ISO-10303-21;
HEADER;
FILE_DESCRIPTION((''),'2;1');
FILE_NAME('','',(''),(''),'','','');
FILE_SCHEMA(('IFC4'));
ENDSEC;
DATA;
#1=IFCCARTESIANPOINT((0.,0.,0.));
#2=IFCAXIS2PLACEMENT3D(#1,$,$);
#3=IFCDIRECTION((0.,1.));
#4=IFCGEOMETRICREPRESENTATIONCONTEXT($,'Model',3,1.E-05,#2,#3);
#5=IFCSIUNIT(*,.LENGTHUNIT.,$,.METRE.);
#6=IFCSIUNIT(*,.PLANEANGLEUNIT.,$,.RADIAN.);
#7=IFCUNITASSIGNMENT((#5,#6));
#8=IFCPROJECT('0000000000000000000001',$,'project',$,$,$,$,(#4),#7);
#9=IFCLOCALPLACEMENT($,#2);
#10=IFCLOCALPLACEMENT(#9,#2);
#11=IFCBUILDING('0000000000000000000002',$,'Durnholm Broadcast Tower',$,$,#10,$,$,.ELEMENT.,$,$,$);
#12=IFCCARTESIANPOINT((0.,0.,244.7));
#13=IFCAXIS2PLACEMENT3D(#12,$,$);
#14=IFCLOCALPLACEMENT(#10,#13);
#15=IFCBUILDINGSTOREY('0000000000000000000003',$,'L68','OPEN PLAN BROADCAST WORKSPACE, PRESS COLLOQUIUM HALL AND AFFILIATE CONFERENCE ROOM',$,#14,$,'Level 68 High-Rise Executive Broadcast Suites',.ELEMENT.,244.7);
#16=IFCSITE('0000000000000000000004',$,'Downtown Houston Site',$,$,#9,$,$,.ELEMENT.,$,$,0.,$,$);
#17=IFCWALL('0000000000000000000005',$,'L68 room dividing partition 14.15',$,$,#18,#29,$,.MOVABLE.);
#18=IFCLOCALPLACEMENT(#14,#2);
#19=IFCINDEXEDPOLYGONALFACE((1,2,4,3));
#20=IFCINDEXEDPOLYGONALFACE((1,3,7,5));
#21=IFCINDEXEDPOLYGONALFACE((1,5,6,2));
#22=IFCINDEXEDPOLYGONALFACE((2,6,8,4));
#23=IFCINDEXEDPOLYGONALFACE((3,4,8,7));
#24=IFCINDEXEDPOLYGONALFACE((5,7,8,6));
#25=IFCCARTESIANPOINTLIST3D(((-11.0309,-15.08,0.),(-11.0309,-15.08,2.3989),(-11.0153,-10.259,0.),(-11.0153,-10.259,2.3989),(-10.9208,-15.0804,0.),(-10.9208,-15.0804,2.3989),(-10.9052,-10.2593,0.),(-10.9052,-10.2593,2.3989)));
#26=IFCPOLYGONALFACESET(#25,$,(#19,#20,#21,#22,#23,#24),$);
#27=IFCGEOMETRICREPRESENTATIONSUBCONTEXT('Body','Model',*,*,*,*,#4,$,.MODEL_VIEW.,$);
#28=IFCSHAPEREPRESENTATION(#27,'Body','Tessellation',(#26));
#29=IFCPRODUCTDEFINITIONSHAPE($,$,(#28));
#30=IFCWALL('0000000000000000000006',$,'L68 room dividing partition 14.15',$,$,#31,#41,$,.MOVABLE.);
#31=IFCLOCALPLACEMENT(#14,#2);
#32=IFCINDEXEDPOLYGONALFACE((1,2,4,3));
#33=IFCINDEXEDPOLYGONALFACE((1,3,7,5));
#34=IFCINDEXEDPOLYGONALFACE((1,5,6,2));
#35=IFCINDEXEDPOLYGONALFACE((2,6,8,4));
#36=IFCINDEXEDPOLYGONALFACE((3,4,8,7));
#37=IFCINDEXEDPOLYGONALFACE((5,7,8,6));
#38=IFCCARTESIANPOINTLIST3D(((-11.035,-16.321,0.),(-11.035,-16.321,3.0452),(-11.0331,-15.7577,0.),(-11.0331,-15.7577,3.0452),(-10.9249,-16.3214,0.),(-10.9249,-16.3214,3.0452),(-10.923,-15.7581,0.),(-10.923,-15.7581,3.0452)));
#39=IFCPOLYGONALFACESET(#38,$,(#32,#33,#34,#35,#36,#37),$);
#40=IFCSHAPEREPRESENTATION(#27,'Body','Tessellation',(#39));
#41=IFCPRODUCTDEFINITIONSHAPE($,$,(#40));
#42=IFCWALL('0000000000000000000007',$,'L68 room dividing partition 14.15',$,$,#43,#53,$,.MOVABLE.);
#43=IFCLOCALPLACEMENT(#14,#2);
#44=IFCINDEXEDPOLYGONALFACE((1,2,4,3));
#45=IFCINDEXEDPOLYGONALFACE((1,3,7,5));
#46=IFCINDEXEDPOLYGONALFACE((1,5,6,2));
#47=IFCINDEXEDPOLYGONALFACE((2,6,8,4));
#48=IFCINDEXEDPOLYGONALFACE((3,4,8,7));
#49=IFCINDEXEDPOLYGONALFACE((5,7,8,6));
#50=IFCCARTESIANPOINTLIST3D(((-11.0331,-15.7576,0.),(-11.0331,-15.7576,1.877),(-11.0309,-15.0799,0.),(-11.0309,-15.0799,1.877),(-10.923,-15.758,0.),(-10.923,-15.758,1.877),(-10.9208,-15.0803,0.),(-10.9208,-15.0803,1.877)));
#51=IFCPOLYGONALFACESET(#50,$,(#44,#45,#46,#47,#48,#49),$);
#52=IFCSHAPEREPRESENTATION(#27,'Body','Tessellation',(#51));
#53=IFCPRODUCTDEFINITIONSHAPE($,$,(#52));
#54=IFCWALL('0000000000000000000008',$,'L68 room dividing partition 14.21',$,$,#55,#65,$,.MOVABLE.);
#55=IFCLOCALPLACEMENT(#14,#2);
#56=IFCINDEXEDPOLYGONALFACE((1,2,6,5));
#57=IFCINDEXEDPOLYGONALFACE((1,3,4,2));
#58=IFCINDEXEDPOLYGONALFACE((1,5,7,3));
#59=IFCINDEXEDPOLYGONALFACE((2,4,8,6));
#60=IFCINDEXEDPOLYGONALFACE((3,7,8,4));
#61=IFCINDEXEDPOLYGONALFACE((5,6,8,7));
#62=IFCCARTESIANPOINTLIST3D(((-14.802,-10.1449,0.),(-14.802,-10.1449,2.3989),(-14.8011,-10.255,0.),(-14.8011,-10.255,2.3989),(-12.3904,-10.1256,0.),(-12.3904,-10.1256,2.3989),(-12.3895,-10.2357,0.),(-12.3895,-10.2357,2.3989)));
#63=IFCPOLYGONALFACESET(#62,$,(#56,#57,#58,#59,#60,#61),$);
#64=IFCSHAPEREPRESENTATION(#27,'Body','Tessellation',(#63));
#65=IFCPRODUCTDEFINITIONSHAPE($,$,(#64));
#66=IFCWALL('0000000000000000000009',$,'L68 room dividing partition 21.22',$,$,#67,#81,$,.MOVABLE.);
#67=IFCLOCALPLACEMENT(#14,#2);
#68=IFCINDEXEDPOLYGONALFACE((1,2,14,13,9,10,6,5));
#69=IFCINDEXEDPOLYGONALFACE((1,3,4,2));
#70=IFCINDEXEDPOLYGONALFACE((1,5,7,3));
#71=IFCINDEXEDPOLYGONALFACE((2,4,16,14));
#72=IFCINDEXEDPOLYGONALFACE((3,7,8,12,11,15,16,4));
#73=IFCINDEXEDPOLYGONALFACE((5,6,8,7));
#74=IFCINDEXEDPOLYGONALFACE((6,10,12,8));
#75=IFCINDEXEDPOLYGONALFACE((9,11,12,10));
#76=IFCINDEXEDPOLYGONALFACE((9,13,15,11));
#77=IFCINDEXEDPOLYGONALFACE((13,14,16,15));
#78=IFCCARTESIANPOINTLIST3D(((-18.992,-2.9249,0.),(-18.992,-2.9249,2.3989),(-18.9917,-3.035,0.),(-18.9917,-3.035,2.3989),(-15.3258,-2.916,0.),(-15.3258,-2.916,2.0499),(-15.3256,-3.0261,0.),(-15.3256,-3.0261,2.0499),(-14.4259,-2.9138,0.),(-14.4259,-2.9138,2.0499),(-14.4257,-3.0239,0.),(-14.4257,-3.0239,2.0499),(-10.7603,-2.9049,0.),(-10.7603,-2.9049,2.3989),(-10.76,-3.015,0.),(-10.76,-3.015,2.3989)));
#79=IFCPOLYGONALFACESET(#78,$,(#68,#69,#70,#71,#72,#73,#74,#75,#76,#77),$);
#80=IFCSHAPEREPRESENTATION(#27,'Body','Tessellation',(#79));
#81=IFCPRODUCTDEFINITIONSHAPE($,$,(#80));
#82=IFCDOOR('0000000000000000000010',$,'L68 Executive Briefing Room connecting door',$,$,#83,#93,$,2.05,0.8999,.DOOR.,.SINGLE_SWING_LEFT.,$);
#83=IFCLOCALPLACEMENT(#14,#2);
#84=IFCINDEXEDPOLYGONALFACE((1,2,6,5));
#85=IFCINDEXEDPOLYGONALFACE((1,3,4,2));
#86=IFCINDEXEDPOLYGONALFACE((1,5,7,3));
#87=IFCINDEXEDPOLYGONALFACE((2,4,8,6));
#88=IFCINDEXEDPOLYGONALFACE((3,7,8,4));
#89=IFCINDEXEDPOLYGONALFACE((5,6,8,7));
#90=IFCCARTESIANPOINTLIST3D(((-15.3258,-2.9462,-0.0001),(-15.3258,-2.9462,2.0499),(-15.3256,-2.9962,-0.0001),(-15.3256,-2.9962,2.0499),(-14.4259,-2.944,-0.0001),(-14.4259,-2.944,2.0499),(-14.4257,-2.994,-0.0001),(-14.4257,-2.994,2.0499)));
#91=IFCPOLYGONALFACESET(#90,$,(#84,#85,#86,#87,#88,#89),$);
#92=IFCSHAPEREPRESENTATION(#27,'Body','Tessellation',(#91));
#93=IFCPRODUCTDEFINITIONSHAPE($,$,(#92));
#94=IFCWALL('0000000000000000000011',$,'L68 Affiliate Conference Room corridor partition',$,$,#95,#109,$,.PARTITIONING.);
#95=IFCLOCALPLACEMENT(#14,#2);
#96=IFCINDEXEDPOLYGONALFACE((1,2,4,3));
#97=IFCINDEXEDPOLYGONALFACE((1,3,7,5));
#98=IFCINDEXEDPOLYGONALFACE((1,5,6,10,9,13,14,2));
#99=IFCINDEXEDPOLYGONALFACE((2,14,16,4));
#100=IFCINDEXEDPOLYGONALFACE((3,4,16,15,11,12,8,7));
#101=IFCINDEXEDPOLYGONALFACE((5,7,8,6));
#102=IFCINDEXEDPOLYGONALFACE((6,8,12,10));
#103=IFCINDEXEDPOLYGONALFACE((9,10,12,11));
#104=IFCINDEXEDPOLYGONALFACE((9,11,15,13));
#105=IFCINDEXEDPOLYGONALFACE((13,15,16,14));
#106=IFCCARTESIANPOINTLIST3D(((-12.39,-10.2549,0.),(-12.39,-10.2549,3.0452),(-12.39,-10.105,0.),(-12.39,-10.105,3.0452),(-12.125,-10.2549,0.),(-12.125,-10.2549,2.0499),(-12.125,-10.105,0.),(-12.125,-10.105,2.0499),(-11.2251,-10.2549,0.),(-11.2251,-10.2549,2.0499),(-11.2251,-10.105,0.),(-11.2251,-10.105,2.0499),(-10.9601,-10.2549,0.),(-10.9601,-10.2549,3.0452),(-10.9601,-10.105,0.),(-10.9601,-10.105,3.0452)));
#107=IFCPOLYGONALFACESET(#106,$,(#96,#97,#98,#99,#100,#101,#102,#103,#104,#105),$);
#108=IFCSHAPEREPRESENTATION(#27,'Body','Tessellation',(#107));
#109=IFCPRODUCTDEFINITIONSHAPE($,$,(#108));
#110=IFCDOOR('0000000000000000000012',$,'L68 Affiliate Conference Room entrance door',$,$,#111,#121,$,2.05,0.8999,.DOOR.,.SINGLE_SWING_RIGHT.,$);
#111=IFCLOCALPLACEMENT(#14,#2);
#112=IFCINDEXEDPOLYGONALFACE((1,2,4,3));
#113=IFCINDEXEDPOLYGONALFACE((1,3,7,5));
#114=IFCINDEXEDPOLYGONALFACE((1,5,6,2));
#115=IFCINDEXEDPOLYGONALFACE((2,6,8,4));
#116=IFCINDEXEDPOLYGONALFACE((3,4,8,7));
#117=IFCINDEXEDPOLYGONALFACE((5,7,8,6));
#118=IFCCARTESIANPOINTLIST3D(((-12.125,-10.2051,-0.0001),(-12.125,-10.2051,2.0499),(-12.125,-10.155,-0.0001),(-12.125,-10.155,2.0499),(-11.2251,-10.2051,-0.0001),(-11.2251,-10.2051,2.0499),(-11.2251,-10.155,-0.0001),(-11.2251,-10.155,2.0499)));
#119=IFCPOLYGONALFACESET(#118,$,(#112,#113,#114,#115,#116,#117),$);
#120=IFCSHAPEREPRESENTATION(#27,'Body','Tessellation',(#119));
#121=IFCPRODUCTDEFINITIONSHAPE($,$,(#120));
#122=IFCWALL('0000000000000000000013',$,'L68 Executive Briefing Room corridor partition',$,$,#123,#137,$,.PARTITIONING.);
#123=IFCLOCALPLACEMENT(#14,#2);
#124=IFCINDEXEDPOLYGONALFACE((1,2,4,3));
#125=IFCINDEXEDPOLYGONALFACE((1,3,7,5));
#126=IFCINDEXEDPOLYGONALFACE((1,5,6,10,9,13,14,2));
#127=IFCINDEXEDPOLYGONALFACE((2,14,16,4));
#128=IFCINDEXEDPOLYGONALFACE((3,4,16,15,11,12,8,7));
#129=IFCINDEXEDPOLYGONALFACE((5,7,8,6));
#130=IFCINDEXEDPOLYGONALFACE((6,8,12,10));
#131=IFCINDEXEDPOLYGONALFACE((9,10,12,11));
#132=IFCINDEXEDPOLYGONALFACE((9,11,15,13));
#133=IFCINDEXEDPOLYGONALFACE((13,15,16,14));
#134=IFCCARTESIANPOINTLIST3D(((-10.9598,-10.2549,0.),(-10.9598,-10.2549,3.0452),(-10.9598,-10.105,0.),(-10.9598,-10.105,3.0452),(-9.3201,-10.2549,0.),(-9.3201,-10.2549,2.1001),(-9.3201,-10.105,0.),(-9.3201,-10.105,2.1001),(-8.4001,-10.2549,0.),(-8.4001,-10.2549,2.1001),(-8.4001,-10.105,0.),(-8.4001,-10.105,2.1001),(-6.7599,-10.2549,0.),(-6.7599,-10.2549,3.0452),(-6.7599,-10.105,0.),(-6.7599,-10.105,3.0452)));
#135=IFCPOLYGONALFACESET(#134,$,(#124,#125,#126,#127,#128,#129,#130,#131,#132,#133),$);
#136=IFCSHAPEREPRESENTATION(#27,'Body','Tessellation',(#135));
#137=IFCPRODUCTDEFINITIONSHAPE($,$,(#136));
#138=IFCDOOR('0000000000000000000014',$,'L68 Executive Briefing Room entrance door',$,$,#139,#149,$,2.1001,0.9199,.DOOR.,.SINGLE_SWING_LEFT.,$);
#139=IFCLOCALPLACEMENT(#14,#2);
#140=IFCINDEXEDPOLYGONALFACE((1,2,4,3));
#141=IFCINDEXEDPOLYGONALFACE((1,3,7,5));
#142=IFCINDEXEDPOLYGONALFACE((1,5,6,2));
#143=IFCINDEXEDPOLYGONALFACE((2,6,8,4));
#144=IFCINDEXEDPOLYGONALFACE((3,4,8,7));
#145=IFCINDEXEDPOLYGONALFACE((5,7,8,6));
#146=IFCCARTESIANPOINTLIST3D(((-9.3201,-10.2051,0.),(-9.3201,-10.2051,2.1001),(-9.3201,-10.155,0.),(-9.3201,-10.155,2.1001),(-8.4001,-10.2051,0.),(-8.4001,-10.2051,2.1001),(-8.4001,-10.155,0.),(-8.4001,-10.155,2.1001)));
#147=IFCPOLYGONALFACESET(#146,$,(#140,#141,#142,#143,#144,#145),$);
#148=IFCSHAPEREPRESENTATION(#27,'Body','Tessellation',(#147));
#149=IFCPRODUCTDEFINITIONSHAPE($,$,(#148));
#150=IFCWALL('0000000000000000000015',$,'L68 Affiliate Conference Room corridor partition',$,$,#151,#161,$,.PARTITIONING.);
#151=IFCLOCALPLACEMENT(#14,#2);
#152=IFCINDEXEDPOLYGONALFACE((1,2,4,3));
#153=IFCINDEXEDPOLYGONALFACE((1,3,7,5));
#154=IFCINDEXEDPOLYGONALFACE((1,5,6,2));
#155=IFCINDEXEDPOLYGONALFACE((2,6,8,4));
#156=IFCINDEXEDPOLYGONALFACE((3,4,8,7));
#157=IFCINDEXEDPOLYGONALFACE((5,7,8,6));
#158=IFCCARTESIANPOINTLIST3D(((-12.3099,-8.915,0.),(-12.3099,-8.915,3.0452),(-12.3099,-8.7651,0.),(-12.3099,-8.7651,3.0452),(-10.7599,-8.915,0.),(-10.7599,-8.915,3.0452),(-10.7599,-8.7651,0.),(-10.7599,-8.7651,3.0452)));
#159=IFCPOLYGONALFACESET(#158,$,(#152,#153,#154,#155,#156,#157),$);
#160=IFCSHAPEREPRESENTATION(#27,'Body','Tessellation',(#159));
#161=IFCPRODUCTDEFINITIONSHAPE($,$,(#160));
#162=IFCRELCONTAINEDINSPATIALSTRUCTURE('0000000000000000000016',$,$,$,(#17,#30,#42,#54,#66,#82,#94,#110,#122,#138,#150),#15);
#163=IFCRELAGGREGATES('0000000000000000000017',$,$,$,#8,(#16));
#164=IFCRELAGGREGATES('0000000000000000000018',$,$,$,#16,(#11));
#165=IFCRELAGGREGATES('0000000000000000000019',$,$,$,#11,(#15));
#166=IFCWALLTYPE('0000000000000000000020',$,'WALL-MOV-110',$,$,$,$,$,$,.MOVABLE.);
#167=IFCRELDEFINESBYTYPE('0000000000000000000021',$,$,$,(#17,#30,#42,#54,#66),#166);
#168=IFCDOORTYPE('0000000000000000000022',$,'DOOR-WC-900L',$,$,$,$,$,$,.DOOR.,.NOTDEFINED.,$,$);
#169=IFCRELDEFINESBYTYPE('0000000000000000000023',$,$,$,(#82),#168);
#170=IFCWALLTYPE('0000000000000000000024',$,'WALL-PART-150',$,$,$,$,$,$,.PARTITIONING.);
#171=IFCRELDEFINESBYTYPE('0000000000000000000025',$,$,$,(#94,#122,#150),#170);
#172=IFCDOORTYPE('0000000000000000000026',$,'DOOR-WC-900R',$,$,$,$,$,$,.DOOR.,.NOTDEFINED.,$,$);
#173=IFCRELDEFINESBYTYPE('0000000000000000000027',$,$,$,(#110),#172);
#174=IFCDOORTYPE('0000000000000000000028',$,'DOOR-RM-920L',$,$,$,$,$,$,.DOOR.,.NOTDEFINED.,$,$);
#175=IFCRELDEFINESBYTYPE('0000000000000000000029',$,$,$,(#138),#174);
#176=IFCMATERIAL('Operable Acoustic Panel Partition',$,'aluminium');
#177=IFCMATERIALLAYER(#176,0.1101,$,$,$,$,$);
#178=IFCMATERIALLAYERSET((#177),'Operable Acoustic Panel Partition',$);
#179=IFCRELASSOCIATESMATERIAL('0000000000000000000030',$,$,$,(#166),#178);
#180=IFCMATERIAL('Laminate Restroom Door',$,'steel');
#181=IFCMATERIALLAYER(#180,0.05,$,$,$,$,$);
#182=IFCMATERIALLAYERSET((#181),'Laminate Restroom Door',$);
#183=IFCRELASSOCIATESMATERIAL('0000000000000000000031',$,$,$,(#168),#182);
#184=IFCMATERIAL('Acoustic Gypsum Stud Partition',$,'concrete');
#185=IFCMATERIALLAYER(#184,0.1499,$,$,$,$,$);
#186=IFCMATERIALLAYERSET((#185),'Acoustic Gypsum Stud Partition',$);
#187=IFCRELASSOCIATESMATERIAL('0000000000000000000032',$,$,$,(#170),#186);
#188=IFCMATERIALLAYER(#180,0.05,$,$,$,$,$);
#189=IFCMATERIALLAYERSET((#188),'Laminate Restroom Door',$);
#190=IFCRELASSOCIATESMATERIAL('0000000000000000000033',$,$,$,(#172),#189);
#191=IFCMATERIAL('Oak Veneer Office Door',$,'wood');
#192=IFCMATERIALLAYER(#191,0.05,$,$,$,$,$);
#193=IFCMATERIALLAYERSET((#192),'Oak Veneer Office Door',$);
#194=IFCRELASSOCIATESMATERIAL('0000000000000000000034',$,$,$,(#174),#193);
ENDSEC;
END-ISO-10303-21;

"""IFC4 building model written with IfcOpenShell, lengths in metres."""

from ifc_helpers import new_model, si_unit, direction, frame, frame_2d, origin, place, context, subcontext, project, spatial, rectangle, extrude, source, transform, mapped, material, layer, layer_set, type_object, type_shapes, element, fill, save


model = new_model("IFC4")

# Units and contexts
model_context = context("Model", 3, precision=1e-05, world=origin(), true_north=direction((0.0, 1.0)))
body_context = subcontext(model_context, "Body", "Model", "MODEL_VIEW")
ifc_project = project(units=[si_unit("LENGTHUNIT", "METRE"), si_unit("PLANEANGLEUNIT", "RADIAN")], contexts=[model_context])

# Site, building, storey
site_placement = place(None, origin())
site = spatial("IfcSite", under=ifc_project, at=site_placement, Name="Downtown Houston Site", CompositionType="ELEMENT", RefElevation=0.0)
building_placement = place(site_placement, origin())
building = spatial("IfcBuilding", under=site, at=building_placement, Name="Durnholm Broadcast Tower", CompositionType="ELEMENT")
storey_placement = place(building_placement, frame((0.0, 0.0, 244.7)))
storey = spatial("IfcBuildingStorey", under=building, at=storey_placement, Name="L68", Description="OPEN PLAN BROADCAST WORKSPACE, PRESS COLLOQUIUM HALL AND AFFILIATE CONFERENCE ROOM", LongName="Level 68 High-Rise Executive Broadcast Suites", CompositionType="ELEMENT", Elevation=244.7)

# Walls
ifc_material_1 = material(Name="Operable Acoustic Panel Partition", Category="aluminium")
ifc_layer_1 = layer(ifc_material_1, 0.1101)
ifc_layer_set_1 = layer_set([ifc_layer_1], Name="Operable Acoustic Panel Partition")
wall_type_1 = type_object("IfcWallType", Name="WALL-MOV-110", PredefinedType="MOVABLE", material=ifc_layer_set_1)
wall_1_placement = place(storey_placement, frame((-10.9602, -10.259, 0.0), z_axis=(0.0, 0.0, 1.0), x_axis=(-0.003241, -0.999995, 0.0)))
element("IfcWall", 1, at=wall_1_placement, inside=storey, type_object=wall_type_1, Name="L68 room dividing partition 14.15", PredefinedType="MOVABLE", context=body_context, shape_type="SweptSolid", body=[
    extrude(rectangle(XDim=4.821, YDim=0.1101, at=frame_2d((2.4106, 0.0))), origin(), (0.0, 0.0, 1.0), 2.3989),
])
wall_2_placement = place(storey_placement, frame((-10.978, -15.7578, 0.0), z_axis=(0.0, 0.0, 1.0), x_axis=(-0.003468, -0.999994, 0.0)))
element("IfcWall", 2, at=wall_2_placement, inside=storey, type_object=wall_type_1, Name="L68 room dividing partition 14.15", PredefinedType="MOVABLE", context=body_context, shape_type="SweptSolid", body=[
    extrude(rectangle(XDim=0.5632, YDim=0.1101, at=frame_2d((0.2817, 0.0))), origin(), (0.0, 0.0, 1.0), 3.0452),
])
wall_3_placement = place(storey_placement, frame((-10.9758, -15.0801, 0.0), z_axis=(0.0, 0.0, 1.0), x_axis=(-0.003242, -0.999995, 0.0)))
element("IfcWall", 3, at=wall_3_placement, inside=storey, type_object=wall_type_1, Name="L68 room dividing partition 14.15", PredefinedType="MOVABLE", context=body_context, shape_type="SweptSolid", body=[
    extrude(rectangle(XDim=0.6777, YDim=0.1101, at=frame_2d((0.3389, 0.0))), origin(), (0.0, 0.0, 1.0), 1.877),
])
wall_4_placement = place(storey_placement, frame((-14.8015, -10.2, 0.0), z_axis=(0.0, 0.0, 1.0), x_axis=(0.999968, 0.007997, 0.0)))
element("IfcWall", 4, at=wall_4_placement, inside=storey, type_object=wall_type_1, Name="L68 room dividing partition 14.21", PredefinedType="MOVABLE", context=body_context, shape_type="SweptSolid", body=[
    extrude(rectangle(XDim=2.4116, YDim=0.1101, at=frame_2d((1.2058, 0.0))), origin(), (0.0, 0.0, 1.0), 2.3989),
])

# Walls, openings, doors
wall_5_placement = place(storey_placement, frame((-18.9917, -2.98, 0.0), z_axis=(0.0, 0.0, 1.0), x_axis=(0.999997, 0.002432, 0.0)))
wall_5 = element("IfcWall", 5, at=wall_5_placement, inside=storey, type_object=wall_type_1, Name="L68 room dividing partition 21.22", PredefinedType="MOVABLE", context=body_context, shape_type="SweptSolid", body=[
    extrude(rectangle(XDim=8.2317, YDim=0.1101, at=frame_2d((4.1157, 0.0))), origin(), (0.0, 0.0, 1.0), 2.3989),
])
opening_1_placement = place(wall_5_placement, frame((3.666, 0.0, 0.0)))
opening_1 = element("IfcOpeningElement", 6, at=opening_1_placement, cuts=wall_5, PredefinedType="OPENING", context=body_context, shape_type="SweptSolid", body=[
    extrude(rectangle(XDim=0.8999, YDim=2.05, at=frame_2d((0.45, 1.0249))), frame((0.0, 0.0649, 0.0), z_axis=(0.0, -1.0, 0.0), x_axis=(1.0, 0.0, 0.0)), (0.0, 0.0, 1.0), 0.1301),
])
ifc_material_2 = material(Name="Laminate Restroom Door", Category="steel")
ifc_layer_2 = layer(ifc_material_2, 0.05)
ifc_layer_set_2 = layer_set([ifc_layer_2], Name="Laminate Restroom Door")
door_type_1 = type_object("IfcDoorType", Name="DOOR-WC-900L", OperationType="NOTDEFINED", PredefinedType="DOOR", material=ifc_layer_set_2)
shared_shape_1 = source(origin(), body_context, "Body", "SweptSolid", [
    extrude(rectangle(XDim=0.8999, YDim=2.05, at=frame_2d((0.45, 1.0249))), frame((0.0, 0.0249, 0.0), z_axis=(0.0, -1.0, 0.0), x_axis=(1.0, 0.0, 0.0)), (0.0, 0.0, 1.0), 0.05),
])
type_shapes(door_type_1, [shared_shape_1])
door_1_placement = place(opening_1_placement, origin())
door_1 = element("IfcDoor", 7, at=door_1_placement, inside=storey, type_object=door_type_1, Name="L68 Executive Briefing Room connecting door", OperationType="SINGLE_SWING_LEFT", OverallHeight=2.05, OverallWidth=0.8999, PredefinedType="DOOR", context=body_context, shape_type="MappedRepresentation", body=[
    mapped(shared_shape_1, transform((0.0, 0.0, 0.0), x_axis=(1.0, 0.0, 0.0), y_axis=(0.0, 1.0, 0.0), z_axis=(0.0, 0.0, 1.0), scale=1.0)),
])
fill(opening_1, door_1)
ifc_material_3 = material(Name="Acoustic Gypsum Stud Partition", Category="concrete")
ifc_layer_3 = layer(ifc_material_3, 0.1499)
ifc_layer_set_3 = layer_set([ifc_layer_3], Name="Acoustic Gypsum Stud Partition")
wall_type_2 = type_object("IfcWallType", Name="WALL-PART-150", PredefinedType="PARTITIONING", material=ifc_layer_set_3)
wall_6_placement = place(storey_placement, frame((-12.3899, -10.1799, 0.0), z_axis=(0.0, 0.0, 1.0), x_axis=(1.0, 0.0, 0.0)))
wall_6 = element("IfcWall", 8, at=wall_6_placement, inside=storey, type_object=wall_type_2, Name="L68 Affiliate Conference Room corridor partition", PredefinedType="PARTITIONING", context=body_context, shape_type="SweptSolid", body=[
    extrude(rectangle(XDim=1.4299, YDim=0.1499, at=frame_2d((0.7148, 0.0))), origin(), (0.0, 0.0, 1.0), 3.0452),
])
opening_2_placement = place(wall_6_placement, frame((0.2649, 0.0, 0.0)))
opening_2 = element("IfcOpeningElement", 9, at=opening_2_placement, cuts=wall_6, PredefinedType="OPENING", context=body_context, shape_type="SweptSolid", body=[
    extrude(rectangle(XDim=0.8999, YDim=2.05, at=frame_2d((0.45, 1.0249))), frame((0.0, 0.085, 0.0), z_axis=(0.0, -1.0, 0.0), x_axis=(1.0, 0.0, 0.0)), (0.0, 0.0, 1.0), 0.1699),
])
ifc_layer_4 = layer(ifc_material_2, 0.05)
ifc_layer_set_4 = layer_set([ifc_layer_4], Name="Laminate Restroom Door")
door_type_2 = type_object("IfcDoorType", Name="DOOR-WC-900R", OperationType="NOTDEFINED", PredefinedType="DOOR", material=ifc_layer_set_4)
shared_shape_2 = source(origin(), body_context, "Body", "SweptSolid", [
    extrude(rectangle(XDim=0.8999, YDim=2.05, at=frame_2d((0.45, 1.0249))), frame((0.0, 0.0249, 0.0), z_axis=(0.0, -1.0, 0.0), x_axis=(1.0, 0.0, 0.0)), (0.0, 0.0, 1.0), 0.05),
])
type_shapes(door_type_2, [shared_shape_2])
door_2_placement = place(opening_2_placement, origin())
door_2 = element("IfcDoor", 10, at=door_2_placement, inside=storey, type_object=door_type_2, Name="L68 Affiliate Conference Room entrance door", OperationType="SINGLE_SWING_RIGHT", OverallHeight=2.05, OverallWidth=0.8999, PredefinedType="DOOR", context=body_context, shape_type="MappedRepresentation", body=[
    mapped(shared_shape_2, transform((0.0, 0.0, 0.0), x_axis=(1.0, 0.0, 0.0), y_axis=(0.0, 1.0, 0.0), z_axis=(0.0, 0.0, 1.0), scale=1.0)),
])
fill(opening_2, door_2)
wall_7_placement = place(storey_placement, frame((-10.96, -10.1799, 0.0), z_axis=(0.0, 0.0, 1.0), x_axis=(1.0, 0.0, 0.0)))
wall_7 = element("IfcWall", 11, at=wall_7_placement, inside=storey, type_object=wall_type_2, Name="L68 Executive Briefing Room corridor partition", PredefinedType="PARTITIONING", context=body_context, shape_type="SweptSolid", body=[
    extrude(rectangle(XDim=4.2, YDim=0.1499, at=frame_2d((2.1001, 0.0))), origin(), (0.0, 0.0, 1.0), 3.0452),
])
opening_3_placement = place(wall_7_placement, frame((1.6399, 0.0, 0.0)))
opening_3 = element("IfcOpeningElement", 12, at=opening_3_placement, cuts=wall_7, PredefinedType="OPENING", context=body_context, shape_type="SweptSolid", body=[
    extrude(rectangle(XDim=0.9199, YDim=2.1001, at=frame_2d((0.46, 1.05))), frame((0.0, 0.085, 0.0), z_axis=(0.0, -1.0, 0.0), x_axis=(1.0, 0.0, 0.0)), (0.0, 0.0, 1.0), 0.1699),
])
ifc_material_4 = material(Name="Oak Veneer Office Door", Category="wood")
ifc_layer_5 = layer(ifc_material_4, 0.05)
ifc_layer_set_5 = layer_set([ifc_layer_5], Name="Oak Veneer Office Door")
door_type_3 = type_object("IfcDoorType", Name="DOOR-RM-920L", OperationType="NOTDEFINED", PredefinedType="DOOR", material=ifc_layer_set_5)
shared_shape_3 = source(origin(), body_context, "Body", "SweptSolid", [
    extrude(rectangle(XDim=0.9199, YDim=2.1001, at=frame_2d((0.46, 1.05))), frame((0.0, 0.0249, 0.0), z_axis=(0.0, -1.0, 0.0), x_axis=(1.0, 0.0, 0.0)), (0.0, 0.0, 1.0), 0.05),
])
type_shapes(door_type_3, [shared_shape_3])
door_3_placement = place(opening_3_placement, origin())
door_3 = element("IfcDoor", 13, at=door_3_placement, inside=storey, type_object=door_type_3, Name="L68 Executive Briefing Room entrance door", OperationType="SINGLE_SWING_LEFT", OverallHeight=2.1001, OverallWidth=0.9199, PredefinedType="DOOR", context=body_context, shape_type="MappedRepresentation", body=[
    mapped(shared_shape_3, transform((0.0, 0.0, 0.0), x_axis=(1.0, 0.0, 0.0), y_axis=(0.0, 1.0, 0.0), z_axis=(0.0, 0.0, 1.0), scale=1.0)),
])
fill(opening_3, door_3)

# Wall
wall_8_placement = place(storey_placement, frame((-10.76, -8.8401, 0.0), z_axis=(0.0, 0.0, 1.0), x_axis=(-1.0, 0.0, 0.0)))
element("IfcWall", 14, at=wall_8_placement, inside=storey, type_object=wall_type_2, Name="L68 Affiliate Conference Room corridor partition", PredefinedType="PARTITIONING", context=body_context, shape_type="SweptSolid", body=[
    extrude(rectangle(XDim=1.55, YDim=0.1499, at=frame_2d((0.7749, 0.0))), origin(), (0.0, 0.0, 1.0), 3.0452),
])

save(model, "model.ifc")
